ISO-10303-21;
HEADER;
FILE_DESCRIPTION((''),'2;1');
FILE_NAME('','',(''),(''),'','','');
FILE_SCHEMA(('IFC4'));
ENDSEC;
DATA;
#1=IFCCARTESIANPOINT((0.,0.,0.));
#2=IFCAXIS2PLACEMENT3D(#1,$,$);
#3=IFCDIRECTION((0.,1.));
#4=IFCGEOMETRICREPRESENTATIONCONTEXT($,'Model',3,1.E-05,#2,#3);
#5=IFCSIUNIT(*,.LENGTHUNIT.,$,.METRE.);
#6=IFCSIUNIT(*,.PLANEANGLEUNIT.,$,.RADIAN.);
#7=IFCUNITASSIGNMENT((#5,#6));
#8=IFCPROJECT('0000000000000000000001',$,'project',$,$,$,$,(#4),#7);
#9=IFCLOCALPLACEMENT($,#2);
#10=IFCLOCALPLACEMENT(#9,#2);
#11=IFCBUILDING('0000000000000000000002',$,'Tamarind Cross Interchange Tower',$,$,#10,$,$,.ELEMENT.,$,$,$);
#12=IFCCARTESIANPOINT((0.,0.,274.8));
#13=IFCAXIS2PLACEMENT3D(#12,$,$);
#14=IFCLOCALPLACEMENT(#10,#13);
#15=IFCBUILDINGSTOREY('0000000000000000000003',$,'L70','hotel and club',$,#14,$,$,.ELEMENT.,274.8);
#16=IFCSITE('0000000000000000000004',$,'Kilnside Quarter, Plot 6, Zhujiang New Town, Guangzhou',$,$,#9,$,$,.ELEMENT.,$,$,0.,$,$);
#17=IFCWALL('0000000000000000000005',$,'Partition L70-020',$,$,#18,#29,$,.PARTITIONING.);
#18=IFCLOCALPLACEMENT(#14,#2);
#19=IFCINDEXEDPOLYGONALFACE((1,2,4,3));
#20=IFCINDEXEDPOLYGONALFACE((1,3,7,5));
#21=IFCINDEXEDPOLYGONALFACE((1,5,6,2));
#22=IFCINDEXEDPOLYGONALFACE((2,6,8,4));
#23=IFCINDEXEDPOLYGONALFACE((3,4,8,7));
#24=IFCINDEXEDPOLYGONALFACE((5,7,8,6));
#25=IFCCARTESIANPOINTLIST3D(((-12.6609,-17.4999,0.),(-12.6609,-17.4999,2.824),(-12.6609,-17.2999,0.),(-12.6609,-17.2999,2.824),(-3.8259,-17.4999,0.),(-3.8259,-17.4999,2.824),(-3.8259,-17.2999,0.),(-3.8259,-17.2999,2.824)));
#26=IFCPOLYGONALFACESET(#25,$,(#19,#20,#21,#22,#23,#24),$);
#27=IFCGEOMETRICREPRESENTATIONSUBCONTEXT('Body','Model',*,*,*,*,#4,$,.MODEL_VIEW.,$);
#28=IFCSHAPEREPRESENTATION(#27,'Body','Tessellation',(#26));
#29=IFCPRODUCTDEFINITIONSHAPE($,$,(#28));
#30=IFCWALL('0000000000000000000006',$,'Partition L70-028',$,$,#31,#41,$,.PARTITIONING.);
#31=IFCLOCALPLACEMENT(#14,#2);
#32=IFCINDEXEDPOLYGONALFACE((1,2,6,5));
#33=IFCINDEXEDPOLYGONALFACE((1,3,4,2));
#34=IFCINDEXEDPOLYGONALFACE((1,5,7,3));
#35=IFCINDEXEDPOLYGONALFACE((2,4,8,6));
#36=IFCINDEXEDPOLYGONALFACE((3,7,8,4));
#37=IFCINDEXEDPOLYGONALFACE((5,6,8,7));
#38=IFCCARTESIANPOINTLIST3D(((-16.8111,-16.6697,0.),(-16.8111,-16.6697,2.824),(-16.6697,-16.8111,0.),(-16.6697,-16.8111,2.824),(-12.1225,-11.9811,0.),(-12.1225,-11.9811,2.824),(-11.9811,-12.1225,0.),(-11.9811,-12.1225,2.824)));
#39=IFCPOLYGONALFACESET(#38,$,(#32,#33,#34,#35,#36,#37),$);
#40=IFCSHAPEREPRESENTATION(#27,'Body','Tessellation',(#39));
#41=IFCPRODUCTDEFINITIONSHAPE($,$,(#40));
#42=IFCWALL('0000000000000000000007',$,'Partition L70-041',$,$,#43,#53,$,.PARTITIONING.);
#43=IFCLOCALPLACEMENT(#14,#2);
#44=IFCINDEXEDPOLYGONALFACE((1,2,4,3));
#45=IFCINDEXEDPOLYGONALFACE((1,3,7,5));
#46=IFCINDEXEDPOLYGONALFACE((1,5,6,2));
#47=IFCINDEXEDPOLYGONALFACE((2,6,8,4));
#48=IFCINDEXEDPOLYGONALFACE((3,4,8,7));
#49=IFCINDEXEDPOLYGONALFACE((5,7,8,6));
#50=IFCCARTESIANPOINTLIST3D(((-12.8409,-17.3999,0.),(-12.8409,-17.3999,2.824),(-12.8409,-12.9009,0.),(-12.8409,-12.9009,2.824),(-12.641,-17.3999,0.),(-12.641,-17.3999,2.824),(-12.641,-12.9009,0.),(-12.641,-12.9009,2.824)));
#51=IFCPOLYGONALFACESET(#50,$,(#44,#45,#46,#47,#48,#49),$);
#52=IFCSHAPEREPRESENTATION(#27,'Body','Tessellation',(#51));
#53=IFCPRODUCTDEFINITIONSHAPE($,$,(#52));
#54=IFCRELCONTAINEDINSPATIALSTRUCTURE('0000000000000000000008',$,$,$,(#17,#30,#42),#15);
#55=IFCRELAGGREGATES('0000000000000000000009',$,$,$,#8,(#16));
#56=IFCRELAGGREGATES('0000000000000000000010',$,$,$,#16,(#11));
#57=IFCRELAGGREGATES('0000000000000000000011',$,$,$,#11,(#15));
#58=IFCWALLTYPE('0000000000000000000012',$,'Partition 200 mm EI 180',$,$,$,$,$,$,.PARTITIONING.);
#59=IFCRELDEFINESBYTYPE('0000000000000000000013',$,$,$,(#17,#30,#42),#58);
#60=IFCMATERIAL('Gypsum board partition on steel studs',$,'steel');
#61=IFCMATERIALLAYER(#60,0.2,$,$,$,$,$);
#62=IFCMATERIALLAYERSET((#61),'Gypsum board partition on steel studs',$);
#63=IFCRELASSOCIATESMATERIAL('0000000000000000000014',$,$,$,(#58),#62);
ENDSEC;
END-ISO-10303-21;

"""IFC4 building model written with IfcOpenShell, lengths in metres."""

from ifc_helpers import new_model, si_unit, direction, frame, frame_2d, origin, place, context, subcontext, project, spatial, rectangle, extrude, material, layer, layer_set, type_object, element, save


model = new_model("IFC4")

# Units and contexts
model_context = context("Model", 3, precision=1e-05, world=origin(), true_north=direction((0.0, 1.0)))
body_context = subcontext(model_context, "Body", "Model", "MODEL_VIEW")
ifc_project = project(units=[si_unit("LENGTHUNIT", "METRE"), si_unit("PLANEANGLEUNIT", "RADIAN")], contexts=[model_context])

# Site, building, storey
site_placement = place(None, origin())
site = spatial("IfcSite", under=ifc_project, at=site_placement, Name="Kilnside Quarter, Plot 6, Zhujiang New Town, Guangzhou", CompositionType="ELEMENT", RefElevation=0.0)
building_placement = place(site_placement, origin())
building = spatial("IfcBuilding", under=site, at=building_placement, Name="Tamarind Cross Interchange Tower", CompositionType="ELEMENT")
storey_placement = place(building_placement, frame((0.0, 0.0, 274.8)))
storey = spatial("IfcBuildingStorey", under=building, at=storey_placement, Name="L70", Description="hotel and club", CompositionType="ELEMENT", Elevation=274.8)

# Shared definitions
ifc_material_1 = material(Name="Gypsum board partition on steel studs", Category="steel")
ifc_layer_1 = layer(ifc_material_1, 0.2)
ifc_layer_set_1 = layer_set([ifc_layer_1], Name="Gypsum board partition on steel studs")
wall_type = type_object("IfcWallType", Name="Partition 200 mm EI 180", PredefinedType="PARTITIONING", material=ifc_layer_set_1)

# Walls
wall_1_placement = place(storey_placement, frame((-12.6609, -17.3999, 0.0), z_axis=(0.0, 0.0, 1.0), x_axis=(1.0, 0.0, 0.0)))
element("IfcWall", 1, at=wall_1_placement, inside=storey, type_object=wall_type, Name="Partition L70-020", PredefinedType="PARTITIONING", context=body_context, shape_type="SweptSolid", body=[
    extrude(rectangle(XDim=8.835, YDim=0.2, at=frame_2d((4.4175, 0.0))), origin(), (0.0, 0.0, 1.0), 2.824),
])
wall_2_placement = place(storey_placement, frame((-16.7405, -16.7405, 0.0), z_axis=(0.0, 0.0, 1.0), x_axis=(0.707107, 0.707107, 0.0)))
element("IfcWall", 2, at=wall_2_placement, inside=storey, type_object=wall_type, Name="Partition L70-028", PredefinedType="PARTITIONING", context=body_context, shape_type="SweptSolid", body=[
    extrude(rectangle(XDim=6.6306, YDim=0.2, at=frame_2d((3.3154, 0.0))), origin(), (0.0, 0.0, 1.0), 2.824),
])
wall_3_placement = place(storey_placement, frame((-12.741, -17.3999, 0.0), z_axis=(0.0, 0.0, 1.0), x_axis=(0.0, 1.0, 0.0)))
element("IfcWall", 3, at=wall_3_placement, inside=storey, type_object=wall_type, Name="Partition L70-041", PredefinedType="PARTITIONING", context=body_context, shape_type="SweptSolid", body=[
    extrude(rectangle(XDim=4.499, YDim=0.2, at=frame_2d((2.2495, 0.0))), origin(), (0.0, 0.0, 1.0), 2.824),
])

save(model, "model.ifc")
